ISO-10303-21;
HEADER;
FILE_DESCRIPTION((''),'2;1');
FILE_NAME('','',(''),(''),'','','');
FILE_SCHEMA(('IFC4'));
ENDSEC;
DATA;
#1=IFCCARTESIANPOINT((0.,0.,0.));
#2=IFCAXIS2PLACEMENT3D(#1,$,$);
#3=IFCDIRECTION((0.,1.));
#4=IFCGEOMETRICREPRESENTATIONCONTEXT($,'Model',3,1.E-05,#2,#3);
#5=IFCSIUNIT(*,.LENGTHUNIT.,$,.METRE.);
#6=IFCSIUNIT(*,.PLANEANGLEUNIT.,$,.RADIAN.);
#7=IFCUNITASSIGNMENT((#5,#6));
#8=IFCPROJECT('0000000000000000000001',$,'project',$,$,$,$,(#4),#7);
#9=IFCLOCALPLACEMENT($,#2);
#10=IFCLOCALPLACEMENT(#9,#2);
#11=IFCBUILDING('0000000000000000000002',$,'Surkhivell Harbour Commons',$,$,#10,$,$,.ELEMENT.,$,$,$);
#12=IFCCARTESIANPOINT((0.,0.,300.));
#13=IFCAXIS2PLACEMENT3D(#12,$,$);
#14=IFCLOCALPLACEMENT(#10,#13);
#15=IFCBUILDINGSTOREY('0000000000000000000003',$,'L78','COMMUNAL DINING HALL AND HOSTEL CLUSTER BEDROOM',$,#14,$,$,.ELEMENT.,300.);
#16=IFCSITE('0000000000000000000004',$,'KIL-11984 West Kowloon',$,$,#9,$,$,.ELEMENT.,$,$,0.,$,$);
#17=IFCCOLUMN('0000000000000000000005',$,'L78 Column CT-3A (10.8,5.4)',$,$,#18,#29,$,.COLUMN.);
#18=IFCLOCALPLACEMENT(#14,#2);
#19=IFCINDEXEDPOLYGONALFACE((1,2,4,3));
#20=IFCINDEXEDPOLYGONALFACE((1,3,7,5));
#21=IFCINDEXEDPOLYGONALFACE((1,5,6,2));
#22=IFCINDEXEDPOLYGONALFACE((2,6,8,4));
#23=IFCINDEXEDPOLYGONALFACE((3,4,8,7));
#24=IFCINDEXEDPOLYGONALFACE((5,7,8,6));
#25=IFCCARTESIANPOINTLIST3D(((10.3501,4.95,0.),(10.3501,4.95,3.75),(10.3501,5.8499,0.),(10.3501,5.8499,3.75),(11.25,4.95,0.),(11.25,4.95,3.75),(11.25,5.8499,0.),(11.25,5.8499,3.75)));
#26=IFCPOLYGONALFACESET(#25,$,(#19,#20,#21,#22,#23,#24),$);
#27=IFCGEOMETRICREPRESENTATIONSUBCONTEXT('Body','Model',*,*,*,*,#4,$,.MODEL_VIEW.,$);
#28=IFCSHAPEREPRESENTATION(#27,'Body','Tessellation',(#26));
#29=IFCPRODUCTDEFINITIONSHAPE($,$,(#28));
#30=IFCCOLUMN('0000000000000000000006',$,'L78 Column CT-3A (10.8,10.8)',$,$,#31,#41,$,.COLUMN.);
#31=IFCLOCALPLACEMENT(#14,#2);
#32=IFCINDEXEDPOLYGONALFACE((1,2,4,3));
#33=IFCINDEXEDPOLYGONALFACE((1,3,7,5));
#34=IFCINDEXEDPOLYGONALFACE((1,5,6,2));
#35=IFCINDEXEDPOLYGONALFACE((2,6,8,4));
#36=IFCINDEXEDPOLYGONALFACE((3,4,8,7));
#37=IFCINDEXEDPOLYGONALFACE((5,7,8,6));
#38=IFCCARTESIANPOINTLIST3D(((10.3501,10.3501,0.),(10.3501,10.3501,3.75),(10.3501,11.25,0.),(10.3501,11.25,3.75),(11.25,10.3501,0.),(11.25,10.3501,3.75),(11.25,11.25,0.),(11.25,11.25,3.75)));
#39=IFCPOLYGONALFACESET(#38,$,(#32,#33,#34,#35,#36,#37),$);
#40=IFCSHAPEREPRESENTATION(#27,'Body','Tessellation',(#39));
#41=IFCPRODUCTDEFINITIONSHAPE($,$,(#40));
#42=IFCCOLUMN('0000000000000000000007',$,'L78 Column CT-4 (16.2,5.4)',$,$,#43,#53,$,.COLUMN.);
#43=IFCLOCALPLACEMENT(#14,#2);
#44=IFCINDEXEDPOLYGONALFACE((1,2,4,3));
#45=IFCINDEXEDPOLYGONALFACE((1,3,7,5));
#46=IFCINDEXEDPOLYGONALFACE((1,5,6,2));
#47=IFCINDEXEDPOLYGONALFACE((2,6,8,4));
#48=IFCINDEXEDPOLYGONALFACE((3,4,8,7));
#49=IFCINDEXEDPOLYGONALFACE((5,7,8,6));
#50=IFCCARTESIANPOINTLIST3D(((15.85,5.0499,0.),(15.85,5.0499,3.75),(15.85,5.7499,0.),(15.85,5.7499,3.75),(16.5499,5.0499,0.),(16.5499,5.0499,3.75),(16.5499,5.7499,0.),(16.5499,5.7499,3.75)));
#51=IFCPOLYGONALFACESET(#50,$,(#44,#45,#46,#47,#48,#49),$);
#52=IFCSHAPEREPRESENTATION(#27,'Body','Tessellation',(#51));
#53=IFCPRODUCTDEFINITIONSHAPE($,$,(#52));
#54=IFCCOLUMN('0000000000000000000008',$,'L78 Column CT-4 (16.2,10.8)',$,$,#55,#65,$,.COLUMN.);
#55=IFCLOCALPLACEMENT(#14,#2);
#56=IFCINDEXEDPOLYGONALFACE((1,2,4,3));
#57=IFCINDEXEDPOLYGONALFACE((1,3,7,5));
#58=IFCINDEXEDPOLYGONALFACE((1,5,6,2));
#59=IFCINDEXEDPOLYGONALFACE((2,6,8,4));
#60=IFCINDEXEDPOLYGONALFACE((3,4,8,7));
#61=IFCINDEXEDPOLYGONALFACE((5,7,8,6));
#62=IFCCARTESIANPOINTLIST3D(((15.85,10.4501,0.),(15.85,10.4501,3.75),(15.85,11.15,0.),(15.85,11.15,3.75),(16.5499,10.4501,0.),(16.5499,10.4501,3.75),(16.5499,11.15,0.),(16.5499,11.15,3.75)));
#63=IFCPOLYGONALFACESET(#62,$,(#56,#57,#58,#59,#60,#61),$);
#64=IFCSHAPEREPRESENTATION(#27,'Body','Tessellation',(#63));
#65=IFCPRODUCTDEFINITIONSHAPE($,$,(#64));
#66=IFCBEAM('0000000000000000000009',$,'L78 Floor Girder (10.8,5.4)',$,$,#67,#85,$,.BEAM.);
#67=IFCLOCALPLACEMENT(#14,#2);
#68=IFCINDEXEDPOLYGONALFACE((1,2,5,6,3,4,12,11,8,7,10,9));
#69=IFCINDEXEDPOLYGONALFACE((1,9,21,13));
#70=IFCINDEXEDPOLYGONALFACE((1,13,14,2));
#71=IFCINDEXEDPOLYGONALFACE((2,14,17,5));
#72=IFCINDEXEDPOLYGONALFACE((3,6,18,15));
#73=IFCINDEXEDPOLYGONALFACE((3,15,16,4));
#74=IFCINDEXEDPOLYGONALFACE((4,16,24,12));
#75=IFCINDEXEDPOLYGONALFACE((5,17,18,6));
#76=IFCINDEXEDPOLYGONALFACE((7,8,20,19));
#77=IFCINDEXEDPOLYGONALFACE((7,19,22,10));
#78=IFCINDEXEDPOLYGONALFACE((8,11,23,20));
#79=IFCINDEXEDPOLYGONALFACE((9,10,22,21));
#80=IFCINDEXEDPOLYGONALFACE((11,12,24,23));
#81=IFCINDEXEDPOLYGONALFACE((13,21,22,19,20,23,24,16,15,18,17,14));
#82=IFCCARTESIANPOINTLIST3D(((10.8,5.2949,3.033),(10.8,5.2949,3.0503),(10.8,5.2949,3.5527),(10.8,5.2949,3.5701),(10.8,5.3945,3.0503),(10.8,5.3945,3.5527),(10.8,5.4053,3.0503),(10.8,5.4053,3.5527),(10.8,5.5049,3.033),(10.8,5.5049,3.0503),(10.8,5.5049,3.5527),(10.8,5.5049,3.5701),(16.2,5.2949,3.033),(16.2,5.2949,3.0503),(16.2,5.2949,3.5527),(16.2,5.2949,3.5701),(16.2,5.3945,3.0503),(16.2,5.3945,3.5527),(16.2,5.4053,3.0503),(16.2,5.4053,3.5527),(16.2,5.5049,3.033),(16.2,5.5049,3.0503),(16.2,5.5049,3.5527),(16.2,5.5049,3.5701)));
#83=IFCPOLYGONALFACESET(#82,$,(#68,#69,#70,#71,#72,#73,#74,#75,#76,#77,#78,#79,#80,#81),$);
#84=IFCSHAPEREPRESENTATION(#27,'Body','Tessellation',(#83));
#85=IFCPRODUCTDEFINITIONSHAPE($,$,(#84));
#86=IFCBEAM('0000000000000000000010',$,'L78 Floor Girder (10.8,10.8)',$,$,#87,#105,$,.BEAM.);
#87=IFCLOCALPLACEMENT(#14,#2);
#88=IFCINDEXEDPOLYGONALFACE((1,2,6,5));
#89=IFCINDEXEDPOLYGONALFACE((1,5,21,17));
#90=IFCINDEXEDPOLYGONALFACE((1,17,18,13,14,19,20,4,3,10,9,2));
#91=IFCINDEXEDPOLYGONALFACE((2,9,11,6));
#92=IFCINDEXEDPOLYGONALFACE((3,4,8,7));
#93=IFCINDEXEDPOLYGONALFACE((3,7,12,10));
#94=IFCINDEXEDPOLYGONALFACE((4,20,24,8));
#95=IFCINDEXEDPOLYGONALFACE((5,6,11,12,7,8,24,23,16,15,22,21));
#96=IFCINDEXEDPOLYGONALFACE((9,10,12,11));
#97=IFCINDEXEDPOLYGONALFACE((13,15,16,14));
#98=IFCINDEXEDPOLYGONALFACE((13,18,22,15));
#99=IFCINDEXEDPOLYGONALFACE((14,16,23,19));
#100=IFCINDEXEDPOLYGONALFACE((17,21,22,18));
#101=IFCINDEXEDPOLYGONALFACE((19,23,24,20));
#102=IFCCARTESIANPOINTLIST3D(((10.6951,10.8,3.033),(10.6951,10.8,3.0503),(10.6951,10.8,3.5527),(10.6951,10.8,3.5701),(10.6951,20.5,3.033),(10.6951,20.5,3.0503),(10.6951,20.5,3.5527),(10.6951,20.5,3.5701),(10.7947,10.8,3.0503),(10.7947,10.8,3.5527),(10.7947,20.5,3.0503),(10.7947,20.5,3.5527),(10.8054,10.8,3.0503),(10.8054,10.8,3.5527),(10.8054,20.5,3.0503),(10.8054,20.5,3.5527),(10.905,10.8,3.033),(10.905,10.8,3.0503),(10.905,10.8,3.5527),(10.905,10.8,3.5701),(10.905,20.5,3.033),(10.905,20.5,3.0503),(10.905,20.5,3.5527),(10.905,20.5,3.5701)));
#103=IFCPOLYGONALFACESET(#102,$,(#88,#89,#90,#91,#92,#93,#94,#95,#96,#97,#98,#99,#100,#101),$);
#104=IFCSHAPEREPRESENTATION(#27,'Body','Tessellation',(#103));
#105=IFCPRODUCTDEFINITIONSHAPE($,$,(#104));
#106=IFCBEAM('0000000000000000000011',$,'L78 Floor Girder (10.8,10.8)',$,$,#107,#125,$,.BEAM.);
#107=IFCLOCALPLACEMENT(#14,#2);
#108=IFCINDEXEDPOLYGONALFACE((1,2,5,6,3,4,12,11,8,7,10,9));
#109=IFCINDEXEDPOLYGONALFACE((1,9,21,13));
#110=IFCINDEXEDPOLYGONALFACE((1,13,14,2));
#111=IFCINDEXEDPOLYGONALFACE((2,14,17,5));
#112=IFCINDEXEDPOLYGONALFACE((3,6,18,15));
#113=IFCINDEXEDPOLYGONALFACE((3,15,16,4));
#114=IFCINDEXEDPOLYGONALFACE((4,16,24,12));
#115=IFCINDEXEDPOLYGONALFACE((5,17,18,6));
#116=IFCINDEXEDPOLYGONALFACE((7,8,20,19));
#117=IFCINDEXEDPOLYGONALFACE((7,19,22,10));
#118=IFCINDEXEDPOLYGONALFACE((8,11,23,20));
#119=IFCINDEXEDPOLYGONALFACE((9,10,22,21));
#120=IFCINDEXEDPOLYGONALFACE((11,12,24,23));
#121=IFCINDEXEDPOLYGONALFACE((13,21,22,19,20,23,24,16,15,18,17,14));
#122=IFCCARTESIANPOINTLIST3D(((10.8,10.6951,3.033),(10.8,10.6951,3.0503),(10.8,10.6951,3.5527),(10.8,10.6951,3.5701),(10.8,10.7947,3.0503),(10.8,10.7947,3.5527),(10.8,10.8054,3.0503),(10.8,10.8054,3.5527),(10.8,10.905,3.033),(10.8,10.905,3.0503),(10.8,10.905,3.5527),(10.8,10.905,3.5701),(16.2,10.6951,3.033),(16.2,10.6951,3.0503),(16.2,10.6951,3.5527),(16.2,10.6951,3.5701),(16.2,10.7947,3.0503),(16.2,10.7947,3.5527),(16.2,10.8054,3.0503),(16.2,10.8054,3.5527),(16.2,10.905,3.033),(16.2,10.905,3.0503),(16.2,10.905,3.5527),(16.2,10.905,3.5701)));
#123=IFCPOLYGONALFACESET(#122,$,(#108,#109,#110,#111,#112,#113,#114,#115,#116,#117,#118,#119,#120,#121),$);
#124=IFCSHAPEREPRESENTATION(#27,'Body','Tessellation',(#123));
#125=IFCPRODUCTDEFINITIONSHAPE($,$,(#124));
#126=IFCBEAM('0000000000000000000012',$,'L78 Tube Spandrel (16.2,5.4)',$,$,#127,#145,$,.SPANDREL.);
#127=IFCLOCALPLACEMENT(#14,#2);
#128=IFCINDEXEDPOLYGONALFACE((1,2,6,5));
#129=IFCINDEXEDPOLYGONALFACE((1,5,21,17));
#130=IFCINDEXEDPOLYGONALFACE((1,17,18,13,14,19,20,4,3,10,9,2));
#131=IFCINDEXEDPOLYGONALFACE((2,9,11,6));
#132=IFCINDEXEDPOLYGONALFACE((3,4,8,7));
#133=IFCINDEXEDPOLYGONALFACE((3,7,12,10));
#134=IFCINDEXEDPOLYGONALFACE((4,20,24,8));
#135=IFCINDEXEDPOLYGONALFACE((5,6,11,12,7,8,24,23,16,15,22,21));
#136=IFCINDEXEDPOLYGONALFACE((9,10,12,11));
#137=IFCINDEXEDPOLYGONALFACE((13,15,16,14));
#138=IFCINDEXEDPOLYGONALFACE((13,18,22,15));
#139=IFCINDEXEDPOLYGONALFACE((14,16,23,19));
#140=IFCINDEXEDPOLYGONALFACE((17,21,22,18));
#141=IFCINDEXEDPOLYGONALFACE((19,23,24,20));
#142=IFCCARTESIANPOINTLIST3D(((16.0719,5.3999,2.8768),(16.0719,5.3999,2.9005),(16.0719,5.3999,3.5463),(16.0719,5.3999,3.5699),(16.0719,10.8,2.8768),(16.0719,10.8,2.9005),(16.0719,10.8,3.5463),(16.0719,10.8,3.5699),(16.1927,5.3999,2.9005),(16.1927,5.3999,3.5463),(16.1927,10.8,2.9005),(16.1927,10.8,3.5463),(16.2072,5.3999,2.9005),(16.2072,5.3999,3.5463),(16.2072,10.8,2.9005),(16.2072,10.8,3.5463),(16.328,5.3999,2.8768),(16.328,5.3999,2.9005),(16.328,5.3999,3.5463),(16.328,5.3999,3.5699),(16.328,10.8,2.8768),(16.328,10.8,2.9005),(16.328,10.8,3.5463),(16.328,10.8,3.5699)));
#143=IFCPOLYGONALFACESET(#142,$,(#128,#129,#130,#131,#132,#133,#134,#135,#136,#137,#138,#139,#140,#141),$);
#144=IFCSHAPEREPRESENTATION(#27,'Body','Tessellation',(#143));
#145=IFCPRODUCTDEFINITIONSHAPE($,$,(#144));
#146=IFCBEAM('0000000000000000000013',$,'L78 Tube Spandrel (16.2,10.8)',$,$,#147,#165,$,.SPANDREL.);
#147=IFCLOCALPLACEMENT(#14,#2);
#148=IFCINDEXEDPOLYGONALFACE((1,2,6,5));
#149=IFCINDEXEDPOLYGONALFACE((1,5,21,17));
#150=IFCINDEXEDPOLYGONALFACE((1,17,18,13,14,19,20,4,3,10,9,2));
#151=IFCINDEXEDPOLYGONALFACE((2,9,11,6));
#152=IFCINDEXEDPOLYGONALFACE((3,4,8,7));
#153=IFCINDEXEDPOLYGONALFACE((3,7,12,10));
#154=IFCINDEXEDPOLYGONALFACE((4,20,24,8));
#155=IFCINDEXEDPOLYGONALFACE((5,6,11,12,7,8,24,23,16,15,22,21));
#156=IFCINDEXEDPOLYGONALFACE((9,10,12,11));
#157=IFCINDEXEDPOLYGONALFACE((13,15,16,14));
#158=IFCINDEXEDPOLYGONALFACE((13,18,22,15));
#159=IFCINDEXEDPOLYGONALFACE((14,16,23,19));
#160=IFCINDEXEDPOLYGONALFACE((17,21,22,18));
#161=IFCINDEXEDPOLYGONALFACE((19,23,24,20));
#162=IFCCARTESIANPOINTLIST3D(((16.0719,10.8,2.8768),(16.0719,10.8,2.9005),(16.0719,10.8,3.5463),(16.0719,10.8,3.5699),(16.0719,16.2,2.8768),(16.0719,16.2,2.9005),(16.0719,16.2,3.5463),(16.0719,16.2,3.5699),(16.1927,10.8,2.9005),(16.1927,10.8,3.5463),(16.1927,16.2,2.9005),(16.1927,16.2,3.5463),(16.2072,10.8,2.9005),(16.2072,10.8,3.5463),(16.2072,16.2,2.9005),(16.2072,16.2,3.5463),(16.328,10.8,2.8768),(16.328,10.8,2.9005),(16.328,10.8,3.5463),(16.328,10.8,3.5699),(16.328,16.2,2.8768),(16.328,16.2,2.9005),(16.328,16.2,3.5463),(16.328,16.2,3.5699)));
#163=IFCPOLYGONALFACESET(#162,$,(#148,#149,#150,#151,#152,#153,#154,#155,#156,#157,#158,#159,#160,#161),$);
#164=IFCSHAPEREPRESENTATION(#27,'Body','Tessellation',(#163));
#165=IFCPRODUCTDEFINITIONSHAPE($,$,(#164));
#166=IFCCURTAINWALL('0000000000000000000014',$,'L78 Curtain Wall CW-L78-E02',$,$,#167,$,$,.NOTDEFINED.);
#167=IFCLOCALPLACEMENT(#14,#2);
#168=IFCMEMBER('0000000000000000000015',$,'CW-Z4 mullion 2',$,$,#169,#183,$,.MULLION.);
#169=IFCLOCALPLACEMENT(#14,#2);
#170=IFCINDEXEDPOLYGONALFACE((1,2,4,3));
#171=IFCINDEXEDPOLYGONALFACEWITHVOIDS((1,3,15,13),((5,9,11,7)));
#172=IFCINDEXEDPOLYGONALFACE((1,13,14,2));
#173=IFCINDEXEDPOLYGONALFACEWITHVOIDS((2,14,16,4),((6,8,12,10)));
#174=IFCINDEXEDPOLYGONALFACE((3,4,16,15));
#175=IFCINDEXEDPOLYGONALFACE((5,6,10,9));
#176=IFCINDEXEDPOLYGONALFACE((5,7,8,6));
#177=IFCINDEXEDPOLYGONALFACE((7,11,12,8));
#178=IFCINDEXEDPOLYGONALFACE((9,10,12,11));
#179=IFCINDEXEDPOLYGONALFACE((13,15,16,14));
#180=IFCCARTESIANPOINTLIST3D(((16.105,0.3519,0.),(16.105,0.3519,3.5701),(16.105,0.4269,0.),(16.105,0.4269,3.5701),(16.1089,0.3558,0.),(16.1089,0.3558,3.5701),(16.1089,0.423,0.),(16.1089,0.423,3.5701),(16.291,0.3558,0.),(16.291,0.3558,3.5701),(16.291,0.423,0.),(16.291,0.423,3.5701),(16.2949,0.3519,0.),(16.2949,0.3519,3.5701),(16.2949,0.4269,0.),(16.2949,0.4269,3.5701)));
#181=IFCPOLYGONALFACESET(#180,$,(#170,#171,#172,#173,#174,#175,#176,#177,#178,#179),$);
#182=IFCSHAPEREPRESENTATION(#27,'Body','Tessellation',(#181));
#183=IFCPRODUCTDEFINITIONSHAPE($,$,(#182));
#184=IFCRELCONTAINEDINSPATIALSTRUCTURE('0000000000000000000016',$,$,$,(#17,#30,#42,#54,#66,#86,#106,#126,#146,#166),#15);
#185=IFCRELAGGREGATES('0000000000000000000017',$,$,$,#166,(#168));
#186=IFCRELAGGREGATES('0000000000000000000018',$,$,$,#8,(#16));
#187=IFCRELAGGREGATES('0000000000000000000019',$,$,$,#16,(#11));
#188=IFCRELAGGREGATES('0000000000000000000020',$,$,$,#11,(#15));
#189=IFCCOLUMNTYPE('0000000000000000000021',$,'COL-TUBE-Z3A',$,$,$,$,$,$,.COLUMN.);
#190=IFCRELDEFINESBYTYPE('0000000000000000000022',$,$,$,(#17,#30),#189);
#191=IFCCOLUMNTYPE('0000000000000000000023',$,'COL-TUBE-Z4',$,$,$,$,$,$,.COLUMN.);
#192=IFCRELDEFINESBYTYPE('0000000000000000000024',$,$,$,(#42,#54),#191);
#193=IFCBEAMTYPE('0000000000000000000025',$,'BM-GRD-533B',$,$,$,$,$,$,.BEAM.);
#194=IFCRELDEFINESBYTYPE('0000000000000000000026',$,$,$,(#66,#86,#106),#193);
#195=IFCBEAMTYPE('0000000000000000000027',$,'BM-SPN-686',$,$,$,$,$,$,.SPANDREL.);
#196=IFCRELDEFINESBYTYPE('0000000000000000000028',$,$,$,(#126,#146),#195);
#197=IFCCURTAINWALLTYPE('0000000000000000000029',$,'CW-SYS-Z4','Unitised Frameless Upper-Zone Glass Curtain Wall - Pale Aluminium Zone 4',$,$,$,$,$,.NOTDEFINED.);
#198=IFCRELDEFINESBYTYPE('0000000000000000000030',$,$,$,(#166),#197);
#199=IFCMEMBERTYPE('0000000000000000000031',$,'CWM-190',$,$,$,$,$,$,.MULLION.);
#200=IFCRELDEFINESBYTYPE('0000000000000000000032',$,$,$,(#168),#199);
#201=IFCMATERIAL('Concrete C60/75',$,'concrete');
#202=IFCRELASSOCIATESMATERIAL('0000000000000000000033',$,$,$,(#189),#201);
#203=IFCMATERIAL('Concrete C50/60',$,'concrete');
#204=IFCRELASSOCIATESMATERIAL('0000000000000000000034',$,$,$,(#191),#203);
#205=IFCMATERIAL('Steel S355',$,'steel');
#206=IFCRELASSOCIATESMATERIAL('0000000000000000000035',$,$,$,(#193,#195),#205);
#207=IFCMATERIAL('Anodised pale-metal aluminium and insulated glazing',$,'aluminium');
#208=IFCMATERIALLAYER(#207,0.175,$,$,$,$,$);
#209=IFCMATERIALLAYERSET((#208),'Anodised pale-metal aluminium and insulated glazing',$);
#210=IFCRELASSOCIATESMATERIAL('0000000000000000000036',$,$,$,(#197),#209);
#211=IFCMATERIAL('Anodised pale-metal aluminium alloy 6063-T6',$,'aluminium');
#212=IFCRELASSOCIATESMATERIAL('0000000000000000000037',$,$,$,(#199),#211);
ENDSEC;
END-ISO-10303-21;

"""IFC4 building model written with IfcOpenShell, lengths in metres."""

from ifc_helpers import new_model, si_unit, direction, frame, origin, origin_2d, place, context, subcontext, project, spatial, rectangle, hollow_rectangle, i_section, extrude, material, layer, layer_set, material_profile, profile_set, type_object, element, aggregate, save


model = new_model("IFC4")

# Units and contexts
model_context = context("Model", 3, precision=1e-05, world=origin(), true_north=direction((0.0, 1.0)))
body_context = subcontext(model_context, "Body", "Model", "MODEL_VIEW")
ifc_project = project(units=[si_unit("LENGTHUNIT", "METRE"), si_unit("PLANEANGLEUNIT", "RADIAN")], contexts=[model_context])

# Site, building, storey
site_placement = place(None, origin())
site = spatial("IfcSite", under=ifc_project, at=site_placement, Name="KIL-11984 West Kowloon", CompositionType="ELEMENT", RefElevation=0.0)
building_placement = place(site_placement, origin())
building = spatial("IfcBuilding", under=site, at=building_placement, Name="Surkhivell Harbour Commons", CompositionType="ELEMENT")
storey_placement = place(building_placement, frame((0.0, 0.0, 300.0)))
storey = spatial("IfcBuildingStorey", under=building, at=storey_placement, Name="L78", Description="COMMUNAL DINING HALL AND HOSTEL CLUSTER BEDROOM", CompositionType="ELEMENT", Elevation=300.0)

# Columns
ifc_material_1 = material(Name="Concrete C60/75", Category="concrete")
ifc_material_profile_1 = material_profile(ifc_material_1, rectangle(XDim=0.8999, YDim=0.8999, at=origin_2d()), Name="RC-COL-900x900")
ifc_profile_set_1 = profile_set([ifc_material_profile_1], Name="Concrete C60/75")
column_type_1 = type_object("IfcColumnType", Name="COL-TUBE-Z3A", PredefinedType="COLUMN", material=ifc_profile_set_1)
for number, where, z_axis, x_axis, name in (
    (1, (10.8, 5.3999, 0.0), (0.0, 0.0, 1.0), (1.0, 0.0, 0.0), "L78 Column CT-3A (10.8,5.4)"),
    (2, (10.8, 10.8, 0.0), (0.0, 0.0, 1.0), (1.0, 0.0, 0.0), "L78 Column CT-3A (10.8,10.8)"),
):
    element("IfcColumn", number, at=place(storey_placement, frame(where, z_axis=z_axis, x_axis=x_axis)), inside=storey, type_object=column_type_1, Name=name, PredefinedType="COLUMN", context=body_context, shape_type="SweptSolid", body=[
        extrude(rectangle(XDim=0.8999, YDim=0.8999, at=origin_2d()), origin(), (0.0, 0.0, 1.0), 3.75),
    ])
ifc_material_2 = material(Name="Concrete C50/60", Category="concrete")
ifc_material_profile_2 = material_profile(ifc_material_2, rectangle(XDim=0.7, YDim=0.7, at=origin_2d()), Name="RC-COL-700x700")
ifc_profile_set_2 = profile_set([ifc_material_profile_2], Name="Concrete C50/60")
column_type_2 = type_object("IfcColumnType", Name="COL-TUBE-Z4", PredefinedType="COLUMN", material=ifc_profile_set_2)
for number, where, z_axis, x_axis, name in (
    (3, (16.2, 5.3999, 0.0), (0.0, 0.0, 1.0), (1.0, 0.0, 0.0), "L78 Column CT-4 (16.2,5.4)"),
    (4, (16.2, 10.8, 0.0), (0.0, 0.0, 1.0), (1.0, 0.0, 0.0), "L78 Column CT-4 (16.2,10.8)"),
):
    element("IfcColumn", number, at=place(storey_placement, frame(where, z_axis=z_axis, x_axis=x_axis)), inside=storey, type_object=column_type_2, Name=name, PredefinedType="COLUMN", context=body_context, shape_type="SweptSolid", body=[
        extrude(rectangle(XDim=0.7, YDim=0.7, at=origin_2d()), origin(), (0.0, 0.0, 1.0), 3.75),
    ])

# Beams
ifc_material_3 = material(Name="Steel S355", Category="steel")
ifc_material_profile_3 = material_profile(ifc_material_3, i_section(OverallWidth=0.21, OverallDepth=0.5371, WebThickness=0.0107, FlangeThickness=0.0173, at=origin_2d()), Name="UB533x210x101")
ifc_profile_set_3 = profile_set([ifc_material_profile_3], Name="Steel S355")
beam_type_1 = type_object("IfcBeamType", Name="BM-GRD-533B", PredefinedType="BEAM", material=ifc_profile_set_3)
beam_1_placement = place(storey_placement, frame((10.8, 5.3999, 3.3015), z_axis=(1.0, 0.0, 0.0), x_axis=(0.0, 1.0, 0.0)))
element("IfcBeam", 5, at=beam_1_placement, inside=storey, type_object=beam_type_1, Name="L78 Floor Girder (10.8,5.4)", PredefinedType="BEAM", context=body_context, shape_type="SweptSolid", body=[
    extrude(i_section(OverallWidth=0.21, OverallDepth=0.5371, WebThickness=0.0107, FlangeThickness=0.0173, at=origin_2d()), origin(), (0.0, 0.0, 1.0), 5.3999),
])
beam_2_placement = place(storey_placement, frame((10.8, 10.8, 3.3015), z_axis=(0.0, 1.0, 0.0), x_axis=(-1.0, 0.0, 0.0)))
element("IfcBeam", 6, at=beam_2_placement, inside=storey, type_object=beam_type_1, Name="L78 Floor Girder (10.8,10.8)", PredefinedType="BEAM", context=body_context, shape_type="SweptSolid", body=[
    extrude(i_section(OverallWidth=0.21, OverallDepth=0.5371, WebThickness=0.0107, FlangeThickness=0.0173, at=origin_2d()), origin(), (0.0, 0.0, 1.0), 9.7),
])
beam_3_placement = place(storey_placement, frame((10.8, 10.8, 3.3015), z_axis=(1.0, 0.0, 0.0), x_axis=(0.0, 1.0, 0.0)))
element("IfcBeam", 7, at=beam_3_placement, inside=storey, type_object=beam_type_1, Name="L78 Floor Girder (10.8,10.8)", PredefinedType="BEAM", context=body_context, shape_type="SweptSolid", body=[
    extrude(i_section(OverallWidth=0.21, OverallDepth=0.5371, WebThickness=0.0107, FlangeThickness=0.0173, at=origin_2d()), origin(), (0.0, 0.0, 1.0), 5.3999),
])
ifc_material_profile_4 = material_profile(ifc_material_3, i_section(OverallWidth=0.2561, OverallDepth=0.6931, WebThickness=0.0144, FlangeThickness=0.0237, at=origin_2d()), Name="UB686x254x170")
ifc_profile_set_4 = profile_set([ifc_material_profile_4], Name="Steel S355")
beam_type_2 = type_object("IfcBeamType", Name="BM-SPN-686", PredefinedType="SPANDREL", material=ifc_profile_set_4)
beam_4_placement = place(storey_placement, frame((16.2, 5.3999, 3.2234), z_axis=(0.0, 1.0, 0.0), x_axis=(-1.0, 0.0, 0.0)))
element("IfcBeam", 8, at=beam_4_placement, inside=storey, type_object=beam_type_2, Name="L78 Tube Spandrel (16.2,5.4)", PredefinedType="SPANDREL", context=body_context, shape_type="SweptSolid", body=[
    extrude(i_section(OverallWidth=0.2561, OverallDepth=0.6931, WebThickness=0.0144, FlangeThickness=0.0237, at=origin_2d()), origin(), (0.0, 0.0, 1.0), 5.4001),
])
beam_5_placement = place(storey_placement, frame((16.2, 10.8, 3.2234), z_axis=(0.0, 1.0, 0.0), x_axis=(-1.0, 0.0, 0.0)))
element("IfcBeam", 9, at=beam_5_placement, inside=storey, type_object=beam_type_2, Name="L78 Tube Spandrel (16.2,10.8)", PredefinedType="SPANDREL", context=body_context, shape_type="SweptSolid", body=[
    extrude(i_section(OverallWidth=0.2561, OverallDepth=0.6931, WebThickness=0.0144, FlangeThickness=0.0237, at=origin_2d()), origin(), (0.0, 0.0, 1.0), 5.3999),
])

# Curtain wall, member
ifc_material_4 = material(Name="Anodised pale-metal aluminium and insulated glazing", Category="aluminium")
ifc_layer_1 = layer(ifc_material_4, 0.175)
ifc_layer_set_1 = layer_set([ifc_layer_1], Name="Anodised pale-metal aluminium and insulated glazing")
curtain_wall_type = type_object("IfcCurtainWallType", Name="CW-SYS-Z4", Description="Unitised Frameless Upper-Zone Glass Curtain Wall - Pale Aluminium Zone 4", PredefinedType="NOTDEFINED", material=ifc_layer_set_1)
curtain_wall_placement = place(storey_placement, origin())
curtain_wall = element("IfcCurtainWall", 10, at=curtain_wall_placement, inside=storey, type_object=curtain_wall_type, Name="L78 Curtain Wall CW-L78-E02", PredefinedType="NOTDEFINED")
ifc_material_5 = material(Name="Anodised pale-metal aluminium alloy 6063-T6", Category="aluminium")
ifc_material_profile_5 = material_profile(ifc_material_5, hollow_rectangle(XDim=0.075, YDim=0.1899, WallThickness=0.0039, at=origin_2d()), Name="ALU-MULL-75x190")
ifc_profile_set_5 = profile_set([ifc_material_profile_5], Name="Anodised pale-metal aluminium alloy 6063-T6")
member_type_1 = type_object("IfcMemberType", Name="CWM-190", PredefinedType="MULLION", material=ifc_profile_set_5)
member_1_placement = place(storey_placement, frame((16.2, 0.3894, 0.0), z_axis=(0.0, 0.0, 1.0), x_axis=(0.0, 1.0, 0.0)))
member_1 = element("IfcMember", 11, at=member_1_placement, type_object=member_type_1, Name="CW-Z4 mullion 2", PredefinedType="MULLION", context=body_context, shape_type="SweptSolid", body=[
    extrude(hollow_rectangle(XDim=0.075, YDim=0.1899, WallThickness=0.0039, at=origin_2d()), origin(), (0.0, 0.0, 1.0), 3.5701),
])
aggregate(curtain_wall, [member_1])

save(model, "model.ifc")
